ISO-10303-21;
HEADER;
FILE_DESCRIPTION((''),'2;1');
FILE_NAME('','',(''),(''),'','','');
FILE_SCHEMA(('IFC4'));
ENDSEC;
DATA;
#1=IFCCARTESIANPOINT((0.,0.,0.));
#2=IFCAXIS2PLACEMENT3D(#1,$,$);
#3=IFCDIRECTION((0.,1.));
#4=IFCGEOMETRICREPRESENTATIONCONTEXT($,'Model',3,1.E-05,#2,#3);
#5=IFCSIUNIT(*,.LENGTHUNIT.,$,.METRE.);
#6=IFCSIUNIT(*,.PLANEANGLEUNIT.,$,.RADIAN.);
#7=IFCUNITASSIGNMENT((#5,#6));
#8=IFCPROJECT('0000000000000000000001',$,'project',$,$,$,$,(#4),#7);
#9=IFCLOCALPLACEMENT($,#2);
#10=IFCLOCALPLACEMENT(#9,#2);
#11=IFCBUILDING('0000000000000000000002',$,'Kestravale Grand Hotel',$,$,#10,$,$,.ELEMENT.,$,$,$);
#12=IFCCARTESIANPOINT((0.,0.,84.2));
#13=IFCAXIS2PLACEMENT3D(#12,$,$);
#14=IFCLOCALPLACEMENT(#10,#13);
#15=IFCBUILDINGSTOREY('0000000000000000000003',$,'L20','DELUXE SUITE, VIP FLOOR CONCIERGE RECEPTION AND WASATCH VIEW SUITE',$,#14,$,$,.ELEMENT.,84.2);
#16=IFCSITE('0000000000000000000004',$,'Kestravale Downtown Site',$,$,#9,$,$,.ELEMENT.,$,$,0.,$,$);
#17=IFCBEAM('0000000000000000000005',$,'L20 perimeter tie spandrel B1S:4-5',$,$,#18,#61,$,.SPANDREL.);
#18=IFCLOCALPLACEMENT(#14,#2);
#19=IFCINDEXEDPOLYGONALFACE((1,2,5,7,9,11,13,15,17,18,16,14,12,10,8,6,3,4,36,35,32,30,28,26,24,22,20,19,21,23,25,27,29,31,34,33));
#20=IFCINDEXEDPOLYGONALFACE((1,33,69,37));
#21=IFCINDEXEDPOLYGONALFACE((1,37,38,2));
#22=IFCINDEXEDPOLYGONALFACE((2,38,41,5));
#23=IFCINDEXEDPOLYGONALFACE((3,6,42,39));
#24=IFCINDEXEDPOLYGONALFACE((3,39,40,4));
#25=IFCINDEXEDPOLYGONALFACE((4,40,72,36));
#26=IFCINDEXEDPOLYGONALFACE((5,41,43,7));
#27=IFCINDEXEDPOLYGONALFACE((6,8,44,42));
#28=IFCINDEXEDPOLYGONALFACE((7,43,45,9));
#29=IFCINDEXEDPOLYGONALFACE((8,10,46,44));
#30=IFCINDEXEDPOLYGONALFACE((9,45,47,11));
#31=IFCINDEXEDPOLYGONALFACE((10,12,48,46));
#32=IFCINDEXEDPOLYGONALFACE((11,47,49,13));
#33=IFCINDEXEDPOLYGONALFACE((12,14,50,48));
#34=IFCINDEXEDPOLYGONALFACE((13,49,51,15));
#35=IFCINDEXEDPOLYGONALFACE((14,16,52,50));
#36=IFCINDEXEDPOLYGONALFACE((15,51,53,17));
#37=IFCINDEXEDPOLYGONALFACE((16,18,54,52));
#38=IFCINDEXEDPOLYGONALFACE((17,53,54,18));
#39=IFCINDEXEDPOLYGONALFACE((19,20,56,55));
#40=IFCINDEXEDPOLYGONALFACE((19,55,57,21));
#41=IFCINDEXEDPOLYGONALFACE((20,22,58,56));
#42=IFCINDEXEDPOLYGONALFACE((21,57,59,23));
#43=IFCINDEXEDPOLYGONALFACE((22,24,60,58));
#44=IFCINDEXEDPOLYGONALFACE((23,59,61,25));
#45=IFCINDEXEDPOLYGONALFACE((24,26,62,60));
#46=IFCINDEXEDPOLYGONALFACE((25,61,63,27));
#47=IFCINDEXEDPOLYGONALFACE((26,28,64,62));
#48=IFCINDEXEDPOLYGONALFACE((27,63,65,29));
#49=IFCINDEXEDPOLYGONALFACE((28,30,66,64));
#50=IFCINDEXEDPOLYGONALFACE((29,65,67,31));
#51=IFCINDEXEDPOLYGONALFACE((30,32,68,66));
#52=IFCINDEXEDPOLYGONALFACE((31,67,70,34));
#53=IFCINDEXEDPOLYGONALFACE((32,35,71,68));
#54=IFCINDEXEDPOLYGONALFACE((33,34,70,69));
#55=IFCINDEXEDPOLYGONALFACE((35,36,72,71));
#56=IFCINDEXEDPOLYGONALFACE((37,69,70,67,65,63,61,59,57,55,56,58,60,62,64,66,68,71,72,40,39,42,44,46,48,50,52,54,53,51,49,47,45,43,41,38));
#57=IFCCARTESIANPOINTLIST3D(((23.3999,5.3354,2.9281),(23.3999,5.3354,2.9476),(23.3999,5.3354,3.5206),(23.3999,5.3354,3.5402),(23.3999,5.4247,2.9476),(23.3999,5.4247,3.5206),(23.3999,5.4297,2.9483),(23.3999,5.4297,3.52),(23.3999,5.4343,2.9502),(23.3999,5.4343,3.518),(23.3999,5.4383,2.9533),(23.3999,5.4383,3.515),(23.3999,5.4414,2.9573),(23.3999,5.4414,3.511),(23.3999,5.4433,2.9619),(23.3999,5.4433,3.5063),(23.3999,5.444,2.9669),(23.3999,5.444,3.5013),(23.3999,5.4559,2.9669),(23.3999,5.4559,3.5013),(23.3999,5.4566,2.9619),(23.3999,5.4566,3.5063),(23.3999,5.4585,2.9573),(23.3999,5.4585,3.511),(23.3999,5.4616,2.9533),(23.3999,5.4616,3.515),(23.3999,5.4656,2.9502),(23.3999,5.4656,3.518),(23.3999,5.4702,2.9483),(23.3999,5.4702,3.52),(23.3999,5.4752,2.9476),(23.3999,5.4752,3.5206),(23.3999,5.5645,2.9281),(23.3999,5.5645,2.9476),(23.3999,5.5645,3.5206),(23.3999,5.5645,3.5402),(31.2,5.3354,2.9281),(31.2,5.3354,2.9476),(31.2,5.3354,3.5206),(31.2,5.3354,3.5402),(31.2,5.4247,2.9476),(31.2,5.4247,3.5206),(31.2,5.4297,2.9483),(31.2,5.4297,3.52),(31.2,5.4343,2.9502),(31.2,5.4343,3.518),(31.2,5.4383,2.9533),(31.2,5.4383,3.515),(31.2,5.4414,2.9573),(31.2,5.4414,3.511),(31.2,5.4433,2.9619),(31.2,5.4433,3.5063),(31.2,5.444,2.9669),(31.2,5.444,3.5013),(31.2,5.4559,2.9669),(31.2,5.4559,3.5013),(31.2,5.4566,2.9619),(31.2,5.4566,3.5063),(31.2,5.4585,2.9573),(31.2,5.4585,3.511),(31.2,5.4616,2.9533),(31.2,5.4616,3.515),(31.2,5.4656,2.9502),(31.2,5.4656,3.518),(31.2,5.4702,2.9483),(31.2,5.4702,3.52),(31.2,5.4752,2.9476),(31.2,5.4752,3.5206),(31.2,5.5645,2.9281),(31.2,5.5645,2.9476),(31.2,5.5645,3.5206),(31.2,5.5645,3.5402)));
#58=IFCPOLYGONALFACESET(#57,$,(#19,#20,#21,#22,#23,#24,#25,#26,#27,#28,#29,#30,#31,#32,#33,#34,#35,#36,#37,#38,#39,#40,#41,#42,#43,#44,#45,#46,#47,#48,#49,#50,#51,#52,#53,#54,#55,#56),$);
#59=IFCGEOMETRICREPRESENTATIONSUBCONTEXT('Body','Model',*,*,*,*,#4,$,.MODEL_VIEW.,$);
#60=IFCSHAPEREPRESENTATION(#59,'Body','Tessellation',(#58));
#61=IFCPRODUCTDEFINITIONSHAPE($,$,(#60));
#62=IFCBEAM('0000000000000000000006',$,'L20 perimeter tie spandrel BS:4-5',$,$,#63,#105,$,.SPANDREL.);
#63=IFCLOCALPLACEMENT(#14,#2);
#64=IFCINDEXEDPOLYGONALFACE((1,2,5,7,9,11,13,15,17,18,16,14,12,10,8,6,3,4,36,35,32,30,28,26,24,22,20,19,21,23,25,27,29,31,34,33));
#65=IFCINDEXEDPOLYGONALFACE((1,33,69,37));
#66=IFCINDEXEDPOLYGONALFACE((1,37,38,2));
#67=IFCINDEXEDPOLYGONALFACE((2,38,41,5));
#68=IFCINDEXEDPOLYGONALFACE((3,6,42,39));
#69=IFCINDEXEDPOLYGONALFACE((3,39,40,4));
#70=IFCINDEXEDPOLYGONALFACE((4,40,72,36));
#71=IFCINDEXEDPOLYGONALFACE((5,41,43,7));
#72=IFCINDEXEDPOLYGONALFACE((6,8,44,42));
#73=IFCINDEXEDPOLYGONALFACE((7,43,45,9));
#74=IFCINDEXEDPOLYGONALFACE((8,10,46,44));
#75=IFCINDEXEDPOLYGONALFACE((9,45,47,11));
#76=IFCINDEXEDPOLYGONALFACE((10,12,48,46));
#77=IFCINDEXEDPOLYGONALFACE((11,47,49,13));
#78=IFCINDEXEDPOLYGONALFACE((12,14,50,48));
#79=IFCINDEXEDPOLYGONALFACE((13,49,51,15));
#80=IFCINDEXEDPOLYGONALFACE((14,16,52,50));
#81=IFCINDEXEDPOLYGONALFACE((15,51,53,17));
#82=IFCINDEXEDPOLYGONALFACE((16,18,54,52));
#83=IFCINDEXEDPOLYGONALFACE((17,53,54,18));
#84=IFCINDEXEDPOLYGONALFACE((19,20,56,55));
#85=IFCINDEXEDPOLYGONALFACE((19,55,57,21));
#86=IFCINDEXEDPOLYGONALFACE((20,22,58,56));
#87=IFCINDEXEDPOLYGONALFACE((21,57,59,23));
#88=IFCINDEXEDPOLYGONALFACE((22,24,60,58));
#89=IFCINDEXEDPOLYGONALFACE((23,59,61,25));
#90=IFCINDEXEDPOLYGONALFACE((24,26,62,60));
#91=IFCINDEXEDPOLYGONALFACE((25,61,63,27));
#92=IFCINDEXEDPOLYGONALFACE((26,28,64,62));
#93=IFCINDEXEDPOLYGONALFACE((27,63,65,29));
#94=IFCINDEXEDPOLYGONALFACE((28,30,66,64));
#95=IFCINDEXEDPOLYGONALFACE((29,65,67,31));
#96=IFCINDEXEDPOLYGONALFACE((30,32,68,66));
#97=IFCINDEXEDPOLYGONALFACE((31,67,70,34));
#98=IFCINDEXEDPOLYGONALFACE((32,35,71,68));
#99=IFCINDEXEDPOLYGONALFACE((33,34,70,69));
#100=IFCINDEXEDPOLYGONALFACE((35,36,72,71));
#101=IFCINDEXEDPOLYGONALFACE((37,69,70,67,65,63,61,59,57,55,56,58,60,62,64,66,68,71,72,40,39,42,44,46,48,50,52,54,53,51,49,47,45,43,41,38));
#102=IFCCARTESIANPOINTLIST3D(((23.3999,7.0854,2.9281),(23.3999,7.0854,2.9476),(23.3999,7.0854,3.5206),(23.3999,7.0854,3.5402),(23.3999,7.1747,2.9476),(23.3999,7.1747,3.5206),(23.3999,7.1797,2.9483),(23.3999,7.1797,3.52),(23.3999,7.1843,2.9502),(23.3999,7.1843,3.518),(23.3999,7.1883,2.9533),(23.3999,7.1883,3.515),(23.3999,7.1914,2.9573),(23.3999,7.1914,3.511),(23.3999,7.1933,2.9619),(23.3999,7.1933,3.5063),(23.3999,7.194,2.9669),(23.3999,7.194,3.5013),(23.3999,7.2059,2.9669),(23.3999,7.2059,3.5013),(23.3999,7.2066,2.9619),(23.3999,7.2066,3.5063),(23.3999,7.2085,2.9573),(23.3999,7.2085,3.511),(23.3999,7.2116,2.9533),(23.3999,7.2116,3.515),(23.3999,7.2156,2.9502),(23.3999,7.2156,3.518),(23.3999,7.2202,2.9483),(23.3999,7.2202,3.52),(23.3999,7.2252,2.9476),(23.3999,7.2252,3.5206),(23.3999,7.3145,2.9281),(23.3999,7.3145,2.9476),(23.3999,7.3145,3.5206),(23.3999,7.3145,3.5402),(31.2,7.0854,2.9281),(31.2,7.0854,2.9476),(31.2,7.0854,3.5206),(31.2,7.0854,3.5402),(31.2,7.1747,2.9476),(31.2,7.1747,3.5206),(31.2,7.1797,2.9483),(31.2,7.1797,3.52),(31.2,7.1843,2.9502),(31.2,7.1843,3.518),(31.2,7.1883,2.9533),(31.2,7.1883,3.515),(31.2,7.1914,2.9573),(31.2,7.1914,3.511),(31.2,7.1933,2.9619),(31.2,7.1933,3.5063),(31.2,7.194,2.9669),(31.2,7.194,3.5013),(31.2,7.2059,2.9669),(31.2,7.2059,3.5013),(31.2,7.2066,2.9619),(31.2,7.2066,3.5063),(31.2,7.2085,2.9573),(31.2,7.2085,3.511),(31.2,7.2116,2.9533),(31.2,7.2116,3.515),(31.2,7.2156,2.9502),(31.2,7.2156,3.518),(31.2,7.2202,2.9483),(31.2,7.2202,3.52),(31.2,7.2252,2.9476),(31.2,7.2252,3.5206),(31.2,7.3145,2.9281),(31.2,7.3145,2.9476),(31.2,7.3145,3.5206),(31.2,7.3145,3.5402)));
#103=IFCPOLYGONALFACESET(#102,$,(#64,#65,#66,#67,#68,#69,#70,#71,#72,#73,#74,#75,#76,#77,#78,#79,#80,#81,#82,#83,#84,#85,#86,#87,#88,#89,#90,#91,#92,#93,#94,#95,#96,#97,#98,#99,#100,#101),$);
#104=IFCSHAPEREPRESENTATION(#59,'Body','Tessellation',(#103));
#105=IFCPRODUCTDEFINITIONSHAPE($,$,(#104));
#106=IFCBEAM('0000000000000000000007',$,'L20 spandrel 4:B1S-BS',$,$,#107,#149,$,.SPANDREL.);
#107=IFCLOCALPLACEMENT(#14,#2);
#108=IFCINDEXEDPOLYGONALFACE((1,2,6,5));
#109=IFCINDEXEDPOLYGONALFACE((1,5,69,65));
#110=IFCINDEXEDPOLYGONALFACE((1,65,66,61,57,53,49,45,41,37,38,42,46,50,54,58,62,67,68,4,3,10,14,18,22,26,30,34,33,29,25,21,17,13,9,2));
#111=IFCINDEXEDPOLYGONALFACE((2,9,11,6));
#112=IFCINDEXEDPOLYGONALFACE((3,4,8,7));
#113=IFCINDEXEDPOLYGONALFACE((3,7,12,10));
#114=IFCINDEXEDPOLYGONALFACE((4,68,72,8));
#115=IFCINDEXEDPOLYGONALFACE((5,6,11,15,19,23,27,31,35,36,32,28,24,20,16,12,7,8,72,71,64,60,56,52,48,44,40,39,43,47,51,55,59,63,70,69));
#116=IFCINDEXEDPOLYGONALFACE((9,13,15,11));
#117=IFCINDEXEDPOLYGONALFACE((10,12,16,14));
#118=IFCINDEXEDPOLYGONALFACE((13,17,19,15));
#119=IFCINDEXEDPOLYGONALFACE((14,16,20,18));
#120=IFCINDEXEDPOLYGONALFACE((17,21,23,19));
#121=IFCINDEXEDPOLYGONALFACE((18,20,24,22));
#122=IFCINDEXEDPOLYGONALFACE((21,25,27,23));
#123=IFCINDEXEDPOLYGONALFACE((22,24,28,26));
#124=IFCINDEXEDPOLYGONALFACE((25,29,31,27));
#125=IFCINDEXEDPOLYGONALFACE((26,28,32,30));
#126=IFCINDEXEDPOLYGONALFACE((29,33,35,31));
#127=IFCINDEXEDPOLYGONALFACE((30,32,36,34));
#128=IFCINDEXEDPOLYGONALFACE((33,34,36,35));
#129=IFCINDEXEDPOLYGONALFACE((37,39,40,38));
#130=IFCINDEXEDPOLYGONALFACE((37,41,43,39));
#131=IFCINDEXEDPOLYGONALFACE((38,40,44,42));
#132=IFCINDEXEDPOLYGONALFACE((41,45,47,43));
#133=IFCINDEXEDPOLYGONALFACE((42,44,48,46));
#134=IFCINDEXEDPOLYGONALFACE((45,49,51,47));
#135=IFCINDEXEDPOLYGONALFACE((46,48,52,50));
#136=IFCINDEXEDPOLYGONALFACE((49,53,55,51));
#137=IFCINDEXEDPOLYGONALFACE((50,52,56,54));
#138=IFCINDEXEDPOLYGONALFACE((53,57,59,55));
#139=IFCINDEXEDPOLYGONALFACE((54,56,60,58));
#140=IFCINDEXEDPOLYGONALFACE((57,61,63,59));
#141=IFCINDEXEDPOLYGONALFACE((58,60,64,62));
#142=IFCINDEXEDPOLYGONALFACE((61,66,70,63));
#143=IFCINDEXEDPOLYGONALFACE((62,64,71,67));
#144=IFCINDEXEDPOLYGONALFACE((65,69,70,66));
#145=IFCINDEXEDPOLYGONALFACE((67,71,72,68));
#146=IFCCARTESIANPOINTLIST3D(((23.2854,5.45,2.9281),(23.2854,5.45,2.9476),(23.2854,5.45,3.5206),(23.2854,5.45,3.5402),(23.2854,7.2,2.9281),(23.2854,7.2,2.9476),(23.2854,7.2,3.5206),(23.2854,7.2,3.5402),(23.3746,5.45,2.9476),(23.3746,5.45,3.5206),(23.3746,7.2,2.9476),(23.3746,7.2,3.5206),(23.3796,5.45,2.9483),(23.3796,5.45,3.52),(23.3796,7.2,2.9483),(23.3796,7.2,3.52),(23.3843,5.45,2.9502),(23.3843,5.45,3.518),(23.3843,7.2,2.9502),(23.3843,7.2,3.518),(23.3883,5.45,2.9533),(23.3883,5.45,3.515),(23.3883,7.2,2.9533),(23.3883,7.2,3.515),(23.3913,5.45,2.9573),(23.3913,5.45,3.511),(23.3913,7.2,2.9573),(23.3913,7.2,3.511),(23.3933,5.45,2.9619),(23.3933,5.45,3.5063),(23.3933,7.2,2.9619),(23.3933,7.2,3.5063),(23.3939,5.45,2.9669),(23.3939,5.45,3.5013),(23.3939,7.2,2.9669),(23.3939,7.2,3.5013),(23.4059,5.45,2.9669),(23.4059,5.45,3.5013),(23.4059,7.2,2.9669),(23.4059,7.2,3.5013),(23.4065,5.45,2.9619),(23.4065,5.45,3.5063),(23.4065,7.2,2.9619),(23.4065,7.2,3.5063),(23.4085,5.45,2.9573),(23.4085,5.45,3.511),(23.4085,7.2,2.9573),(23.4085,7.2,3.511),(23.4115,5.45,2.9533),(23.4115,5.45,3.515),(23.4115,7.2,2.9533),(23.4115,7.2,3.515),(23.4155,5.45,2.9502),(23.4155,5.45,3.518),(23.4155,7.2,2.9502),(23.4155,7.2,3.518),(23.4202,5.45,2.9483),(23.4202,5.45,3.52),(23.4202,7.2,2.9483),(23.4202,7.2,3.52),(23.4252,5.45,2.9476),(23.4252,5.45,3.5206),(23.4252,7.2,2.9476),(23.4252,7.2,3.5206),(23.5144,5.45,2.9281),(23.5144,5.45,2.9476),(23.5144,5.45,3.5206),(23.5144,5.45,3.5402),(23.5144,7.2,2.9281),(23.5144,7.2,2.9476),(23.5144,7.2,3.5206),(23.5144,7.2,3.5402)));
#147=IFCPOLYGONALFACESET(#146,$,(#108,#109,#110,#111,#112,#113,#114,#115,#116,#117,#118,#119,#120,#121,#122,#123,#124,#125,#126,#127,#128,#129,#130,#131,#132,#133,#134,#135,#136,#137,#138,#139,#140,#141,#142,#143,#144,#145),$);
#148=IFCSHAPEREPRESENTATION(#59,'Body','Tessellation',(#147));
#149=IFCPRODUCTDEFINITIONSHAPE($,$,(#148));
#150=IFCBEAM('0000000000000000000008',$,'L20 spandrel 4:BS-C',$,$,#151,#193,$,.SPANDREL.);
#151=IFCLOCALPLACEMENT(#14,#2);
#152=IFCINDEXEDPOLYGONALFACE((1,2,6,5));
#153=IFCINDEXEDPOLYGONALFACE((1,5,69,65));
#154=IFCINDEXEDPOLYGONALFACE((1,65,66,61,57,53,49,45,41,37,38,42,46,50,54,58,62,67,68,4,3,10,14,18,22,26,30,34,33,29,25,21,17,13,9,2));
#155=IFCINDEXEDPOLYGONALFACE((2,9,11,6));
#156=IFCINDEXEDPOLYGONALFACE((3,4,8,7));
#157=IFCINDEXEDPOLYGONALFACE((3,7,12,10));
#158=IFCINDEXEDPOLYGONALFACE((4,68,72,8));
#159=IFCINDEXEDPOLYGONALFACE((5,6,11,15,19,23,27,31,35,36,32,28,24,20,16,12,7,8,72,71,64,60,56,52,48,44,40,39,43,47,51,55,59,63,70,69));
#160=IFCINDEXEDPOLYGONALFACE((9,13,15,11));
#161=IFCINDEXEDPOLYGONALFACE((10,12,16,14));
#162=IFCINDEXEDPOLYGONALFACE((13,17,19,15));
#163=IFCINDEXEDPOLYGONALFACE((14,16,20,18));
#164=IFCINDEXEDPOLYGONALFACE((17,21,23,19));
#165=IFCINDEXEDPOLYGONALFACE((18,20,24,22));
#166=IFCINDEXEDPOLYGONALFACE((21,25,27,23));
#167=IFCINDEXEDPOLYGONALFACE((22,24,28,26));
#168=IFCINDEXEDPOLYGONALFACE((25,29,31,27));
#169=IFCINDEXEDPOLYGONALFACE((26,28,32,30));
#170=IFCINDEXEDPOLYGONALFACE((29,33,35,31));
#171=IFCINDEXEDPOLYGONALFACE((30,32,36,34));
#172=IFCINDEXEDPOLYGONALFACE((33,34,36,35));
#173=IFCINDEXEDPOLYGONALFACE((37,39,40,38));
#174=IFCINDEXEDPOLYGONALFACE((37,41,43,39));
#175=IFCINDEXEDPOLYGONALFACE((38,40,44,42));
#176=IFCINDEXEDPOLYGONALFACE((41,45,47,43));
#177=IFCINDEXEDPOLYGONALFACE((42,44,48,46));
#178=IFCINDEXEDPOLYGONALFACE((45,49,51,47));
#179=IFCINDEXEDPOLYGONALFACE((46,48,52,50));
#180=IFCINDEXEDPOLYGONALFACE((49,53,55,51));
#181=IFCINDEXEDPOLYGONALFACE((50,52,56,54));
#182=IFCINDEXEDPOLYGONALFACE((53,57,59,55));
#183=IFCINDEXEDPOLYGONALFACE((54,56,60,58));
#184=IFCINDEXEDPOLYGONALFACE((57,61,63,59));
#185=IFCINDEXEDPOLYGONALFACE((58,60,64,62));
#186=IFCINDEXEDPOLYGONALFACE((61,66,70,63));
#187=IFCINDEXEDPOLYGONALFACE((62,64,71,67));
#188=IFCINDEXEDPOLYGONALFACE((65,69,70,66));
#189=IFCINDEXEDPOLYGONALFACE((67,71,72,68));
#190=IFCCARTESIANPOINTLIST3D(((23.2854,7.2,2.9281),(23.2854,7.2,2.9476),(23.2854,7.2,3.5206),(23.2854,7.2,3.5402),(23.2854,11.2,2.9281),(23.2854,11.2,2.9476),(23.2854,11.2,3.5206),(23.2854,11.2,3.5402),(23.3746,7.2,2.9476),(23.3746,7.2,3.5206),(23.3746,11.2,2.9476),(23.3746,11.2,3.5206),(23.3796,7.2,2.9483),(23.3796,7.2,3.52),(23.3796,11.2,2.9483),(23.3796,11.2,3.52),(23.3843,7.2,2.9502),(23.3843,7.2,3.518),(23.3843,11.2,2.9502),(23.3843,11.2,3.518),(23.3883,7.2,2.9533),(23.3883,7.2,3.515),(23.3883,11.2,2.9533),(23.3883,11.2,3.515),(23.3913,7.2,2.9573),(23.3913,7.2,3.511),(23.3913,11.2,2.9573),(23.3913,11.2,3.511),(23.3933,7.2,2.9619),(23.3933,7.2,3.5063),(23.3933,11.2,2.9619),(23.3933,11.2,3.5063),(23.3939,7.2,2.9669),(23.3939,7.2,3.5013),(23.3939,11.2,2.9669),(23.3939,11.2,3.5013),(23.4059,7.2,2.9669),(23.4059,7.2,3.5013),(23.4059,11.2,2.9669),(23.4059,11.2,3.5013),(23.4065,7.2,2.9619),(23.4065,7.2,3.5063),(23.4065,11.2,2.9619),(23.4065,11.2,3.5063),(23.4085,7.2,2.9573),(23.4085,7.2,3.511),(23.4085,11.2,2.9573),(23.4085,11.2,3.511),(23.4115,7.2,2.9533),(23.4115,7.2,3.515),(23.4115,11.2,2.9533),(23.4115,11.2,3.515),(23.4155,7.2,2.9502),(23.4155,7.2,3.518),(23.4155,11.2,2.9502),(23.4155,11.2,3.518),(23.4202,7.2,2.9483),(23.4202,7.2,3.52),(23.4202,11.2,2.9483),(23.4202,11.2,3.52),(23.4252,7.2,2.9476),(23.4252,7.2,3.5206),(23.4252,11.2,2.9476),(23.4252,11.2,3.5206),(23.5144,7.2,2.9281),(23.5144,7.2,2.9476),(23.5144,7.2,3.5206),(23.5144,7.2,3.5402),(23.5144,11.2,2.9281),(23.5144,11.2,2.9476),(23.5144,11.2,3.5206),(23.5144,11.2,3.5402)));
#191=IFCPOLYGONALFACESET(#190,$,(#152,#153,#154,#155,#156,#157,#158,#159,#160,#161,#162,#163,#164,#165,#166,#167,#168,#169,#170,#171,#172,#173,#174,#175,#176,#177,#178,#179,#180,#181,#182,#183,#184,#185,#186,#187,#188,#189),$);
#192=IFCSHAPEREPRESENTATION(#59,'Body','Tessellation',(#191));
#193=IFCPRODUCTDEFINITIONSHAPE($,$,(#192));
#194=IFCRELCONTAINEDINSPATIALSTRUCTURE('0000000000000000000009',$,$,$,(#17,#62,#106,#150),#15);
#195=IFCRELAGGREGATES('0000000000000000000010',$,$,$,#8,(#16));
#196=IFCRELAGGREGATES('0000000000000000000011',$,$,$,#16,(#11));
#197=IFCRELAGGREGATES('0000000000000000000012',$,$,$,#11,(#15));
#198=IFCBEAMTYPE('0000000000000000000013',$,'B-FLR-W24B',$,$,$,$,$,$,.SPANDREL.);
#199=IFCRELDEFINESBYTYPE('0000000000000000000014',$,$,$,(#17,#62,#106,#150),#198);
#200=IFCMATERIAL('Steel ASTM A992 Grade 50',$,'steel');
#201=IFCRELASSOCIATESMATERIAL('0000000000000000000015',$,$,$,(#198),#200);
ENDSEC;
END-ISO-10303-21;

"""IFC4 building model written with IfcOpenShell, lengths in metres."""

from ifc_helpers import new_model, si_unit, direction, frame, origin, origin_2d, place, context, subcontext, project, spatial, i_section, extrude, material, material_profile, profile_set, type_object, element, save


model = new_model("IFC4")

# Units and contexts
model_context = context("Model", 3, precision=1e-05, world=origin(), true_north=direction((0.0, 1.0)))
body_context = subcontext(model_context, "Body", "Model", "MODEL_VIEW")
ifc_project = project(units=[si_unit("LENGTHUNIT", "METRE"), si_unit("PLANEANGLEUNIT", "RADIAN")], contexts=[model_context])

# Site, building, storey
site_placement = place(None, origin())
site = spatial("IfcSite", under=ifc_project, at=site_placement, Name="Kestravale Downtown Site", CompositionType="ELEMENT", RefElevation=0.0)
building_placement = place(site_placement, origin())
building = spatial("IfcBuilding", under=site, at=building_placement, Name="Kestravale Grand Hotel", CompositionType="ELEMENT")
storey_placement = place(building_placement, frame((0.0, 0.0, 84.2)))
storey = spatial("IfcBuildingStorey", under=building, at=storey_placement, Name="L20", Description="DELUXE SUITE, VIP FLOOR CONCIERGE RECEPTION AND WASATCH VIEW SUITE", CompositionType="ELEMENT", Elevation=84.2)

# Beams
ifc_material_1 = material(Name="Steel ASTM A992 Grade 50", Category="steel")
ifc_material_profile_1 = material_profile(ifc_material_1, i_section(OverallWidth=0.229, OverallDepth=0.6121, WebThickness=0.012, FlangeThickness=0.0195, FilletRadius=0.0193, at=origin_2d()))
ifc_profile_set_1 = profile_set([ifc_material_profile_1], Name="Steel ASTM A992 Grade 50")
beam_type_1 = type_object("IfcBeamType", Name="B-FLR-W24B", PredefinedType="SPANDREL", material=ifc_profile_set_1)
for number, where, z_axis, x_axis, name in (
    (1, (23.3999, 5.45, 3.2341), (1.0, 0.0, 0.0), (0.0, 1.0, 0.0), "L20 perimeter tie spandrel B1S:4-5"),
    (2, (23.3999, 7.2, 3.2341), (1.0, 0.0, 0.0), (0.0, 1.0, 0.0), "L20 perimeter tie spandrel BS:4-5"),
):
    element("IfcBeam", number, at=place(storey_placement, frame(where, z_axis=z_axis, x_axis=x_axis)), inside=storey, type_object=beam_type_1, Name=name, PredefinedType="SPANDREL", context=body_context, shape_type="SweptSolid", body=[
        extrude(i_section(OverallWidth=0.229, OverallDepth=0.6121, WebThickness=0.012, FlangeThickness=0.0195, FilletRadius=0.0193, at=origin_2d()), origin(), (0.0, 0.0, 1.0), 7.8),
    ])
beam_1_placement = place(storey_placement, frame((23.3999, 5.45, 3.2341), z_axis=(0.0, 1.0, 0.0), x_axis=(-1.0, 0.0, 0.0)))
element("IfcBeam", 3, at=beam_1_placement, inside=storey, type_object=beam_type_1, Name="L20 spandrel 4:B1S-BS", PredefinedType="SPANDREL", context=body_context, shape_type="SweptSolid", body=[
    extrude(i_section(OverallWidth=0.229, OverallDepth=0.6121, WebThickness=0.012, FlangeThickness=0.0195, FilletRadius=0.0193, at=origin_2d()), origin(), (0.0, 0.0, 1.0), 1.75),
])
beam_2_placement = place(storey_placement, frame((23.3999, 7.2, 3.2341), z_axis=(0.0, 1.0, 0.0), x_axis=(-1.0, 0.0, 0.0)))
element("IfcBeam", 4, at=beam_2_placement, inside=storey, type_object=beam_type_1, Name="L20 spandrel 4:BS-C", PredefinedType="SPANDREL", context=body_context, shape_type="SweptSolid", body=[
    extrude(i_section(OverallWidth=0.229, OverallDepth=0.6121, WebThickness=0.012, FlangeThickness=0.0195, FilletRadius=0.0193, at=origin_2d()), origin(), (0.0, 0.0, 1.0), 4.0),
])

save(model, "model.ifc")
